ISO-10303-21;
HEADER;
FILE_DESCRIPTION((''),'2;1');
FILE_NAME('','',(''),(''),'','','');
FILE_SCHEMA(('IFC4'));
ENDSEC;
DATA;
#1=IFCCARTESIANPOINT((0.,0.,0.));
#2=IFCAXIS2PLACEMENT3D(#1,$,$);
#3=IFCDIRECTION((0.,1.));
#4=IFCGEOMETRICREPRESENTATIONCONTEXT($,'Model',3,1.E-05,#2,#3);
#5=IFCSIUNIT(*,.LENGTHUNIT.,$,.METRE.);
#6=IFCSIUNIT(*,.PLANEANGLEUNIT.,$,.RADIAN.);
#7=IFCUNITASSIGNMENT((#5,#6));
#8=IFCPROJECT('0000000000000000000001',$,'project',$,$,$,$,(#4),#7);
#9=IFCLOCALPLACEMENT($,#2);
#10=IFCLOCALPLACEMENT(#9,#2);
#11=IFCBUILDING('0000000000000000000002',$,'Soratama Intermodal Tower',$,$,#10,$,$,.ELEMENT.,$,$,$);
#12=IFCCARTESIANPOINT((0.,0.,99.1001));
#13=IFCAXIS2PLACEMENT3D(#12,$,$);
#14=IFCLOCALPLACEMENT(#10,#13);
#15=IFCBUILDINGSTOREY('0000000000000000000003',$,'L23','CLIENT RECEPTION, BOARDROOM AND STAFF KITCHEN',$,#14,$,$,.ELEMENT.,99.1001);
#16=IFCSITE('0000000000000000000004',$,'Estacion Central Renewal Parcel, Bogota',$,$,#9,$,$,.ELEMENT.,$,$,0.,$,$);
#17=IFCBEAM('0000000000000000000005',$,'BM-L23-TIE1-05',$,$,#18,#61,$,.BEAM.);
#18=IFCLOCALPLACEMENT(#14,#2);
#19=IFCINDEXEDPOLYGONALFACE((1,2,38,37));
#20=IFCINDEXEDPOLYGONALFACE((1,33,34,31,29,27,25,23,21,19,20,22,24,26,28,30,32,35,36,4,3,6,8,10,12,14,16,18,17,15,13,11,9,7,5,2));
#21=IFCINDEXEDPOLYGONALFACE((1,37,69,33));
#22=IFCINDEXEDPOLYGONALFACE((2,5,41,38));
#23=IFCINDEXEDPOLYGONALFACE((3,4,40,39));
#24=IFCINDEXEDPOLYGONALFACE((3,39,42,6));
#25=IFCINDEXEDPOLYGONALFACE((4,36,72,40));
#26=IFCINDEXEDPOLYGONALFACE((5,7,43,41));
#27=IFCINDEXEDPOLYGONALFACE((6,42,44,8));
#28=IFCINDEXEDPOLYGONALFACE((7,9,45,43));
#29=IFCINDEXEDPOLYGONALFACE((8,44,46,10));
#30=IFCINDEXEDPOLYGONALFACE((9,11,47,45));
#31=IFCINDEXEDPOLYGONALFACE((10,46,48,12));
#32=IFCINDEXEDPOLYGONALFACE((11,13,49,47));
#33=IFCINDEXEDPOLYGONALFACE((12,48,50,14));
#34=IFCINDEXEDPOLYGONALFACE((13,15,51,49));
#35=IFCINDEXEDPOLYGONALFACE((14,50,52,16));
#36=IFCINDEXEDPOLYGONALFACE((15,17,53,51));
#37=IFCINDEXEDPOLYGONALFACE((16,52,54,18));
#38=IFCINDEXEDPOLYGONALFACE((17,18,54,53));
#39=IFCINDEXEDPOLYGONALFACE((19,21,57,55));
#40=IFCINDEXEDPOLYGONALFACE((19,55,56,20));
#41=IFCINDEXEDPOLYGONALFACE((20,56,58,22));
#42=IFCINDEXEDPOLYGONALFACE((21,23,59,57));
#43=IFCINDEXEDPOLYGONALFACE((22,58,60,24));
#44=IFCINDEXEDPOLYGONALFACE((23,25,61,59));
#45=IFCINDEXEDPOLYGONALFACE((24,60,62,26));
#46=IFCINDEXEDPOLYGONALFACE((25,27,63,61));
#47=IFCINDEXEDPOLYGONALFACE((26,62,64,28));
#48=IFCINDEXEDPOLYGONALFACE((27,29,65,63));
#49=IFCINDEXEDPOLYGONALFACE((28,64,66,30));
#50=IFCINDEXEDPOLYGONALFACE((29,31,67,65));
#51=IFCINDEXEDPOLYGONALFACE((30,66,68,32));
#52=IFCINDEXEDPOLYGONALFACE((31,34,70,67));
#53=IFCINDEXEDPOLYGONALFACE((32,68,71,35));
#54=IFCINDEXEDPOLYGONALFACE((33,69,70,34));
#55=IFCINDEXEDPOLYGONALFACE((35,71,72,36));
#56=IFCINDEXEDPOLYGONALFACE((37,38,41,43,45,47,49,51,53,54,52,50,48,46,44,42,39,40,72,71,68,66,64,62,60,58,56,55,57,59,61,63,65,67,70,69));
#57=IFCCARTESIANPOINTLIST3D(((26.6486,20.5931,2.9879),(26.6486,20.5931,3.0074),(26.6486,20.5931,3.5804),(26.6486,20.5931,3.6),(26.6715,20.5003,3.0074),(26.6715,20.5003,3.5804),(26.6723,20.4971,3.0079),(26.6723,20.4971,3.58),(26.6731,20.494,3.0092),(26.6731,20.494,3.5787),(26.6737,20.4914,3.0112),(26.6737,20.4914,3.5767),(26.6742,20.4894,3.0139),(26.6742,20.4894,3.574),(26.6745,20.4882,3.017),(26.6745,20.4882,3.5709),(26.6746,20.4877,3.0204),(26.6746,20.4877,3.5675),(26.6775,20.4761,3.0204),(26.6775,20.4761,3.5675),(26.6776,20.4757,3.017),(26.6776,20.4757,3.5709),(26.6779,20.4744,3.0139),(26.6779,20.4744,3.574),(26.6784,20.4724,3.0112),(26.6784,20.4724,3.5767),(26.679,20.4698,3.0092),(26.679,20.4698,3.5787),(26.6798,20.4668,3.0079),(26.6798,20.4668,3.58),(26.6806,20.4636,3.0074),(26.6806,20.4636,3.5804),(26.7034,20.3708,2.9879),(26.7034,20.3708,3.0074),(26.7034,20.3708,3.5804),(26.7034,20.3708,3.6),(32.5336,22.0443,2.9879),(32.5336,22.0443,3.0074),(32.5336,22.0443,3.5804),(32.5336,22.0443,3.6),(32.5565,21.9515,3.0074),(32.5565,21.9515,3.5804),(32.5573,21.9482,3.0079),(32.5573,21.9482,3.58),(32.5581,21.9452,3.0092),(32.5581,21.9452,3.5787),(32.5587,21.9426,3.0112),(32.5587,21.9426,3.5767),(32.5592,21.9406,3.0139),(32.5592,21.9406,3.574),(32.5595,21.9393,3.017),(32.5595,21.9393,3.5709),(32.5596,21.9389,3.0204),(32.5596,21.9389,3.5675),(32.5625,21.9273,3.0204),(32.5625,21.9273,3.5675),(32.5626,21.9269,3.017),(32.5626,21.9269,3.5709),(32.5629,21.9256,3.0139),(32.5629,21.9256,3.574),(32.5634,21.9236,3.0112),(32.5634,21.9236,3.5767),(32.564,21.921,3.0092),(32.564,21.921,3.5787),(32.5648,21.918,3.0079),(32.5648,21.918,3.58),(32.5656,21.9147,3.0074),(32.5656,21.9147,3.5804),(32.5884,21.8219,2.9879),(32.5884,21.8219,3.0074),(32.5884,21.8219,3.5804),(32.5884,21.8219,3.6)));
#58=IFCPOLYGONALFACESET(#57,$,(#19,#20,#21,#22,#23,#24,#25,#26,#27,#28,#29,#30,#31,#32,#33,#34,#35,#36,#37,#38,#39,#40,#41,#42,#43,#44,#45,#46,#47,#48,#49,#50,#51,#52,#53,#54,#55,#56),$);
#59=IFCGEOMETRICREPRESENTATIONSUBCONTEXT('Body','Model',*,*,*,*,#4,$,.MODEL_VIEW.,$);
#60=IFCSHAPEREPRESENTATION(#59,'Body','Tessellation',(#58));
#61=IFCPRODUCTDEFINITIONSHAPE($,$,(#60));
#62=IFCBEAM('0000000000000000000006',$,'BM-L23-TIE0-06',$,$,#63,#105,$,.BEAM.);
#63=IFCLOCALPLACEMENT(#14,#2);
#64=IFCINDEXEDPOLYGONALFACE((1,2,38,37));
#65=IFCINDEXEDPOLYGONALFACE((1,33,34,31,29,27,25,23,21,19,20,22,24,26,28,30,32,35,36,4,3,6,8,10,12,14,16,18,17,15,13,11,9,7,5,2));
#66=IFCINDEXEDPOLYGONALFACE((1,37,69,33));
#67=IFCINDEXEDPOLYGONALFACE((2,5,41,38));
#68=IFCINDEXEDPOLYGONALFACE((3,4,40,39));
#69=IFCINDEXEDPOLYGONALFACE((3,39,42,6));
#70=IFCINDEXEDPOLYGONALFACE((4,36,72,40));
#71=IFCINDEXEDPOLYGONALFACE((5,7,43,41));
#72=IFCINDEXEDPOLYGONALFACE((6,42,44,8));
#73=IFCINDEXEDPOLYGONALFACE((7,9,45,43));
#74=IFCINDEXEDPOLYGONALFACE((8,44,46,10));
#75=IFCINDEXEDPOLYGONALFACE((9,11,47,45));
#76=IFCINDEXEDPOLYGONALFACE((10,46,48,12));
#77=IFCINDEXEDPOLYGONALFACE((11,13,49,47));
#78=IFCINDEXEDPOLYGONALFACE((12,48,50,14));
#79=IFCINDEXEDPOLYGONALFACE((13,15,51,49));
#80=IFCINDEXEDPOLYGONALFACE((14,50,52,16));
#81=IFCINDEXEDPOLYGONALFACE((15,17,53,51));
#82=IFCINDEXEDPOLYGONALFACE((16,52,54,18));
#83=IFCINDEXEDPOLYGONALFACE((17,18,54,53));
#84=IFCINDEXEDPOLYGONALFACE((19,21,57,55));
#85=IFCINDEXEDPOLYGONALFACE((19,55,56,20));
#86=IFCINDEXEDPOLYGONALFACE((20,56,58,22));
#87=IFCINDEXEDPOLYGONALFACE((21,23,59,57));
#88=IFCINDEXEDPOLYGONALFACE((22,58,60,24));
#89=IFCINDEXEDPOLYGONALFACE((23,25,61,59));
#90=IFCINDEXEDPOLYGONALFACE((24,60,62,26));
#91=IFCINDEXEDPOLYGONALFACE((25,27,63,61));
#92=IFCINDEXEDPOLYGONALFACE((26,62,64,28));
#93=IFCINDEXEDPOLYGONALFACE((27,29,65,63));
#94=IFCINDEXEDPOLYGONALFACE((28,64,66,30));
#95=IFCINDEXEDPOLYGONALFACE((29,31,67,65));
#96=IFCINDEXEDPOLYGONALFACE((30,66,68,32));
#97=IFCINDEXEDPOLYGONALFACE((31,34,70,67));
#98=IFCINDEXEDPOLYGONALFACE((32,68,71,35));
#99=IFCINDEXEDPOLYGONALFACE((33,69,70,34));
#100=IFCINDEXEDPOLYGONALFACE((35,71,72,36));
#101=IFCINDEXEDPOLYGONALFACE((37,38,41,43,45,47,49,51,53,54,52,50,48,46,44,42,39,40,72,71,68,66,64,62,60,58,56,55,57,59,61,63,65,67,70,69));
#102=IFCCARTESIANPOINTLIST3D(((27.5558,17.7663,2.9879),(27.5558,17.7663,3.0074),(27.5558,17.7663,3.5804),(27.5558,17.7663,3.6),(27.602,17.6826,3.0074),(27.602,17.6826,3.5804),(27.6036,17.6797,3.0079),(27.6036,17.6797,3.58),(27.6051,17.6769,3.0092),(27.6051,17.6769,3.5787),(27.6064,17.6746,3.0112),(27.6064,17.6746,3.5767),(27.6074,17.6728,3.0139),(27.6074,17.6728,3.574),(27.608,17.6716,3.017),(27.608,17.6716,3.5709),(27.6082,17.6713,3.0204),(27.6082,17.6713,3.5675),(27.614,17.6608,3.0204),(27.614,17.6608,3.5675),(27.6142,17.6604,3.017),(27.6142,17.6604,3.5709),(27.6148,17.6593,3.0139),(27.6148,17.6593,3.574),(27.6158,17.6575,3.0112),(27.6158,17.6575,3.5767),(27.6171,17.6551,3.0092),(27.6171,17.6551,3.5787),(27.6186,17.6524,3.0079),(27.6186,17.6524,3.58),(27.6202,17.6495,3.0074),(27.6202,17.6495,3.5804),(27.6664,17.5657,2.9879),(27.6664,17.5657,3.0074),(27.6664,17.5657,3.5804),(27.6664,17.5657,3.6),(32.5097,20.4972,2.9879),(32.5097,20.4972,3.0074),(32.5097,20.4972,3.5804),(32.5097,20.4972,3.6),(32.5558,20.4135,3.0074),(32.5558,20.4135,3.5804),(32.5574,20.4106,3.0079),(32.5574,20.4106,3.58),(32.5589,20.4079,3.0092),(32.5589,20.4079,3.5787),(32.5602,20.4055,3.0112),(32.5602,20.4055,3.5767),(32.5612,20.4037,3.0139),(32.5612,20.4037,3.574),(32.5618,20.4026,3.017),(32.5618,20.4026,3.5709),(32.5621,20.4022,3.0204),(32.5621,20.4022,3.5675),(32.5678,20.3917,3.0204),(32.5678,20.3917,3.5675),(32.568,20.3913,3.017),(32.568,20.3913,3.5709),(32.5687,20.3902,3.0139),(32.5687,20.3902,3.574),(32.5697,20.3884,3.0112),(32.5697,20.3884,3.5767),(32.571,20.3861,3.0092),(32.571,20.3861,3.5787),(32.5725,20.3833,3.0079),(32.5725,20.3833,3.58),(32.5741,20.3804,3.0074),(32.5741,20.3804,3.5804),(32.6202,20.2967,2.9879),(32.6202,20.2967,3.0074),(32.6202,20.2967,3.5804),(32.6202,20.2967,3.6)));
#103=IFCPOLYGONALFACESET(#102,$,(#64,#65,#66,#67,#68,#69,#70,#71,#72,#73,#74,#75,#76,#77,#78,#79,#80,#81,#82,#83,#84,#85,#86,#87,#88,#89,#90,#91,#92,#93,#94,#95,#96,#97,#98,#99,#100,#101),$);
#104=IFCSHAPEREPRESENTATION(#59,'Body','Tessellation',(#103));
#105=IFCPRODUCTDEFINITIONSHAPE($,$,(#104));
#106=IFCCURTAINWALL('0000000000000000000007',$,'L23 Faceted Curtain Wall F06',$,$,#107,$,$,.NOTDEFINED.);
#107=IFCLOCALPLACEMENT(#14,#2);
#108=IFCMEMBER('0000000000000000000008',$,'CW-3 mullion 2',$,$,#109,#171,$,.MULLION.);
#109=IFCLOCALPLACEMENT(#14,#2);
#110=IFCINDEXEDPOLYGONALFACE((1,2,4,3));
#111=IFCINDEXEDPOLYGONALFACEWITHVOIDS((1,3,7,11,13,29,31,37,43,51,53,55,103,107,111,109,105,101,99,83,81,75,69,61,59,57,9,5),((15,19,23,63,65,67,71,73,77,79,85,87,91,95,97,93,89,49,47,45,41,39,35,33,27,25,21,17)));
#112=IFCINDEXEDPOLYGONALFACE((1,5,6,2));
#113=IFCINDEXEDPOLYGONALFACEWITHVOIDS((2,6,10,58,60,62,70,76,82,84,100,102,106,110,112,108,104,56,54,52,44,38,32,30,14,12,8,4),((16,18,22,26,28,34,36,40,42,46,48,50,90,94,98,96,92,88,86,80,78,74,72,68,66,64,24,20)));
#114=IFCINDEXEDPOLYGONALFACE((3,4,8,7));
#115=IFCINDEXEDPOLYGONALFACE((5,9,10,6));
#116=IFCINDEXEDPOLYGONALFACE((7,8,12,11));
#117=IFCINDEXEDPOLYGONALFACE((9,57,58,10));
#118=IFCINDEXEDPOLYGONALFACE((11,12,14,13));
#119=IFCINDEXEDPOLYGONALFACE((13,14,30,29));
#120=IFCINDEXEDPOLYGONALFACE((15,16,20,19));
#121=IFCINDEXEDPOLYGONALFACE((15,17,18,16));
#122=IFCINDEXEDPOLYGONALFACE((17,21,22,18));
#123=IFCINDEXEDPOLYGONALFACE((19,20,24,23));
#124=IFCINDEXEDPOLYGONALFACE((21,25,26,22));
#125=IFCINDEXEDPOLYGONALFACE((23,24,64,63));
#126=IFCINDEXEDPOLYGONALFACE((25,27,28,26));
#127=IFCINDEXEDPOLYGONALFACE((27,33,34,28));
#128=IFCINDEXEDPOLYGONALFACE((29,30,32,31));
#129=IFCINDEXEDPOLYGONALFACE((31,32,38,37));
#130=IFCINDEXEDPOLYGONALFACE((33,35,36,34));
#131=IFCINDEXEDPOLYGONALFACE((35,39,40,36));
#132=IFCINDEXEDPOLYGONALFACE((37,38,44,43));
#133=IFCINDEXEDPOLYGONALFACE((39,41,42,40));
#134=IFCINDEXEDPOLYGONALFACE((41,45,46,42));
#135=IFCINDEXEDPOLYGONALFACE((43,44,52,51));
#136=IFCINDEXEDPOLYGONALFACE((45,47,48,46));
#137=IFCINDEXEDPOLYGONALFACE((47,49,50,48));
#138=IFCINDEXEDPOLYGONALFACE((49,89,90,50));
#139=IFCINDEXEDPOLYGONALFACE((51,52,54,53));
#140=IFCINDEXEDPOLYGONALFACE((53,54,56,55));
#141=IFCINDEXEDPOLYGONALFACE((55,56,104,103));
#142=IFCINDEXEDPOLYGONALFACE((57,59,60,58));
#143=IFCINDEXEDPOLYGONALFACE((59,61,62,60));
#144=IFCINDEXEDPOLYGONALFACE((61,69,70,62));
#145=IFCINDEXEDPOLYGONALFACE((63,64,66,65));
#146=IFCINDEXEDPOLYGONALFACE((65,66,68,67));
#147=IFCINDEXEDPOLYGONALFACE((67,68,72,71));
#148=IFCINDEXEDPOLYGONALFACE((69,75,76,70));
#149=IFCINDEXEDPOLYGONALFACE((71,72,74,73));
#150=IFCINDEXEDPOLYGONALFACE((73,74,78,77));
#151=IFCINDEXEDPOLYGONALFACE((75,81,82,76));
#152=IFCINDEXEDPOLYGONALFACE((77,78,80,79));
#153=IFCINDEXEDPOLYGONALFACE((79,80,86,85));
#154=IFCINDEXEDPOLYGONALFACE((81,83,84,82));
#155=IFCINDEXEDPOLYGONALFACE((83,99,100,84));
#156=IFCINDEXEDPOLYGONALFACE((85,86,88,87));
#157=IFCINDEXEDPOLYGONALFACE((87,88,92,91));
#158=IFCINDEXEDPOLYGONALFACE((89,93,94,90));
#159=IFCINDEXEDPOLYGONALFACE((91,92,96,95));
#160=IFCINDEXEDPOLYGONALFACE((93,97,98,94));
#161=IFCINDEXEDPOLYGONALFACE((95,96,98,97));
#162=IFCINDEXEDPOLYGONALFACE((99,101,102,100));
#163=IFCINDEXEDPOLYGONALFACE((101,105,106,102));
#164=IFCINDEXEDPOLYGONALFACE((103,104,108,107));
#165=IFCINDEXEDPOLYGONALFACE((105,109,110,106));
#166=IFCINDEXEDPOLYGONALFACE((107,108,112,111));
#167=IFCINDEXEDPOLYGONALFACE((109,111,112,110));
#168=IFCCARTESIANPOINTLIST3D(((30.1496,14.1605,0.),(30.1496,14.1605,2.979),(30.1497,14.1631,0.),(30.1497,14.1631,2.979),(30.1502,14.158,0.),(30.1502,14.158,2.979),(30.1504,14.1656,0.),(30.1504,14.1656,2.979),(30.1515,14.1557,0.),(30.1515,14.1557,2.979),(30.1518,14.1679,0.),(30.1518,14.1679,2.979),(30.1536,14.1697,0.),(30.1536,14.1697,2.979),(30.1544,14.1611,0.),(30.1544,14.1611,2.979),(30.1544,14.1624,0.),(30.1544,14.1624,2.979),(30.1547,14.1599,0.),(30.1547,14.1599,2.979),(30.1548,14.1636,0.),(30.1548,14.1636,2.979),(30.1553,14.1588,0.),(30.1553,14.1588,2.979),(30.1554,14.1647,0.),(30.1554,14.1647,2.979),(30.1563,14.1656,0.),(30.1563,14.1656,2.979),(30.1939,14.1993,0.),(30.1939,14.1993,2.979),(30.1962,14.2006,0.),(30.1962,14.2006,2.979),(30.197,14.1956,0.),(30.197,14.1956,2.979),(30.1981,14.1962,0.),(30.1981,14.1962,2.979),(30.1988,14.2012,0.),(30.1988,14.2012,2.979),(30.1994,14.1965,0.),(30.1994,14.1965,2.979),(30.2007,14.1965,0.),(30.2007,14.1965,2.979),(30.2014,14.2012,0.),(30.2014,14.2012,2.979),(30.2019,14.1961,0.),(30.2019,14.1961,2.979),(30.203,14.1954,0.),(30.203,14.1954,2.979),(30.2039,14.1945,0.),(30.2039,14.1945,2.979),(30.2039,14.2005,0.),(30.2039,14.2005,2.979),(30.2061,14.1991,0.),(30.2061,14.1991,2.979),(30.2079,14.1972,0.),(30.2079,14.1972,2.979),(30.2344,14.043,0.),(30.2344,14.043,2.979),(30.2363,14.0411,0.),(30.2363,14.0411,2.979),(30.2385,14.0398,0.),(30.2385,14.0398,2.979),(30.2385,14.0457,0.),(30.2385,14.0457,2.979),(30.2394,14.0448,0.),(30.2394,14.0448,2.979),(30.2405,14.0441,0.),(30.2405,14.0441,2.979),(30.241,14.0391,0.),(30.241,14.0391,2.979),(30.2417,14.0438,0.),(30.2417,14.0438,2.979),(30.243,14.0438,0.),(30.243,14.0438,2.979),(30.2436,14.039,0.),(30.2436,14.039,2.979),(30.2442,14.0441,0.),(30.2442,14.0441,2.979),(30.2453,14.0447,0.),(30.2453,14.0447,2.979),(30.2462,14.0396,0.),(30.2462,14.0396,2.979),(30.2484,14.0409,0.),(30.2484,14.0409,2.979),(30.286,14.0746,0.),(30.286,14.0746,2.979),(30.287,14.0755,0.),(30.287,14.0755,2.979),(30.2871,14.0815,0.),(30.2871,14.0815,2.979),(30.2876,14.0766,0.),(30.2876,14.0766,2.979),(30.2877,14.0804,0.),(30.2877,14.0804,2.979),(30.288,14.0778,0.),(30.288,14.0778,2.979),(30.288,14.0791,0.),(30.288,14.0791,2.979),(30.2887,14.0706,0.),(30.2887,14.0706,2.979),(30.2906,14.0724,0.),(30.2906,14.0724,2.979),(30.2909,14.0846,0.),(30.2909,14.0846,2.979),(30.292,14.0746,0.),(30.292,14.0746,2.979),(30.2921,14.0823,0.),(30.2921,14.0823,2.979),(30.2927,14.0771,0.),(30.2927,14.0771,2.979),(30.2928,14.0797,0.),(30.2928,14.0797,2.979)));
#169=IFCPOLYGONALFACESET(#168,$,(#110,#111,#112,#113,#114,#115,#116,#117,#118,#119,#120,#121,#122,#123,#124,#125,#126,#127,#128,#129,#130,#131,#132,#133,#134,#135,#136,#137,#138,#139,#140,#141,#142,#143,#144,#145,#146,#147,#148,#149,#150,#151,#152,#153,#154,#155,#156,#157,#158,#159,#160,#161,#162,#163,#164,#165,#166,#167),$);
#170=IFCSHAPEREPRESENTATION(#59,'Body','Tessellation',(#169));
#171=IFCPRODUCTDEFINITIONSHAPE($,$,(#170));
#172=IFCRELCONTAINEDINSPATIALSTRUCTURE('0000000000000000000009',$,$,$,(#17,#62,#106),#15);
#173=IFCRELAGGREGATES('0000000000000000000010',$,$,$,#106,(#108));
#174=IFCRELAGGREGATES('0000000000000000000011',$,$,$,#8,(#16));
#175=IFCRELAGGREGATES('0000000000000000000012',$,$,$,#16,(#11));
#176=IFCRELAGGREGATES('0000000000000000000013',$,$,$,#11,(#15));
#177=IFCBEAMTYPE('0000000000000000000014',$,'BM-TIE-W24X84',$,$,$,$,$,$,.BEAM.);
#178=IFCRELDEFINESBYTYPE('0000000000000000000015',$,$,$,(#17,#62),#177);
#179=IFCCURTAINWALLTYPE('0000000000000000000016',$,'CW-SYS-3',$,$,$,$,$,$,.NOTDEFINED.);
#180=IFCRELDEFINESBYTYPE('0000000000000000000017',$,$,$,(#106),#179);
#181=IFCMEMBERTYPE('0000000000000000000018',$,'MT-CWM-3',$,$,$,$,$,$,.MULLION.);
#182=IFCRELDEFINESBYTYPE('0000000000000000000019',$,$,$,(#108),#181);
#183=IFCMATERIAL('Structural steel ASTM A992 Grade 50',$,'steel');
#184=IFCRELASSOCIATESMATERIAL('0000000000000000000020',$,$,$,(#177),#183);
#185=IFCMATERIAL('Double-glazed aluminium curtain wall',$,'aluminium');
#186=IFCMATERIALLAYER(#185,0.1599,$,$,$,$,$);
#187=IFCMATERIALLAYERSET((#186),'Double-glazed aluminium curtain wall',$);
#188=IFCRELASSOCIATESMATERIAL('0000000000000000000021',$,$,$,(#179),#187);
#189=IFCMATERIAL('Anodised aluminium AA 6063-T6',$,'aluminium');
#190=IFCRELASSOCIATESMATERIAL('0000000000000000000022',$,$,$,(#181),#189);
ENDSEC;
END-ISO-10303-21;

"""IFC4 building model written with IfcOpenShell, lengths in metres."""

from ifc_helpers import new_model, si_unit, direction, frame, origin, origin_2d, place, context, subcontext, project, spatial, hollow_rectangle, i_section, extrude, material, layer, layer_set, material_profile, profile_set, type_object, element, aggregate, save


model = new_model("IFC4")

# Units and contexts
model_context = context("Model", 3, precision=1e-05, world=origin(), true_north=direction((0.0, 1.0)))
body_context = subcontext(model_context, "Body", "Model", "MODEL_VIEW")
ifc_project = project(units=[si_unit("LENGTHUNIT", "METRE"), si_unit("PLANEANGLEUNIT", "RADIAN")], contexts=[model_context])

# Site, building, storey
site_placement = place(None, origin())
site = spatial("IfcSite", under=ifc_project, at=site_placement, Name="Estacion Central Renewal Parcel, Bogota", CompositionType="ELEMENT", RefElevation=0.0)
building_placement = place(site_placement, origin())
building = spatial("IfcBuilding", under=site, at=building_placement, Name="Soratama Intermodal Tower", CompositionType="ELEMENT")
storey_placement = place(building_placement, frame((0.0, 0.0, 99.1001)))
storey = spatial("IfcBuildingStorey", under=building, at=storey_placement, Name="L23", Description="CLIENT RECEPTION, BOARDROOM AND STAFF KITCHEN", CompositionType="ELEMENT", Elevation=99.1001)

# Beams
ifc_material_1 = material(Name="Structural steel ASTM A992 Grade 50", Category="steel")
ifc_material_profile_1 = material_profile(ifc_material_1, i_section(OverallWidth=0.229, OverallDepth=0.6121, WebThickness=0.012, FlangeThickness=0.0195, FilletRadius=0.0129, at=origin_2d()), Name="W24X84")
ifc_profile_set_1 = profile_set([ifc_material_profile_1], Name="Structural steel ASTM A992 Grade 50")
beam_type_1 = type_object("IfcBeamType", Name="BM-TIE-W24X84", PredefinedType="BEAM", material=ifc_profile_set_1)
beam_1_placement = place(storey_placement, frame((32.561, 21.9331, 3.2939), z_axis=(-0.970917, -0.239416, 0.0), x_axis=(0.239416, -0.970917, 0.0)))
element("IfcBeam", 1, at=beam_1_placement, inside=storey, type_object=beam_type_1, Name="BM-L23-TIE1-05", PredefinedType="BEAM", context=body_context, shape_type="SweptSolid", body=[
    extrude(i_section(OverallWidth=0.229, OverallDepth=0.6121, WebThickness=0.012, FlangeThickness=0.0195, FilletRadius=0.0129, at=origin_2d()), origin(), (0.0, 0.0, 1.0), 6.0613),
])
beam_2_placement = place(storey_placement, frame((32.5649, 20.397, 3.2939), z_axis=(-0.875743, -0.482778, 0.0), x_axis=(0.482778, -0.875743, 0.0)))
element("IfcBeam", 2, at=beam_2_placement, inside=storey, type_object=beam_type_1, Name="BM-L23-TIE0-06", PredefinedType="BEAM", context=body_context, shape_type="SweptSolid", body=[
    extrude(i_section(OverallWidth=0.229, OverallDepth=0.6121, WebThickness=0.012, FlangeThickness=0.0195, FilletRadius=0.0129, at=origin_2d()), origin(), (0.0, 0.0, 1.0), 5.6567),
])

# Curtain wall, member
ifc_material_2 = material(Name="Double-glazed aluminium curtain wall", Category="aluminium")
ifc_layer_1 = layer(ifc_material_2, 0.1599)
ifc_layer_set_1 = layer_set([ifc_layer_1], Name="Double-glazed aluminium curtain wall")
curtain_wall_type = type_object("IfcCurtainWallType", Name="CW-SYS-3", PredefinedType="NOTDEFINED", material=ifc_layer_set_1)
curtain_wall_placement = place(storey_placement, origin())
curtain_wall = element("IfcCurtainWall", 3, at=curtain_wall_placement, inside=storey, type_object=curtain_wall_type, Name="L23 Faceted Curtain Wall F06", PredefinedType="NOTDEFINED")
ifc_material_3 = material(Name="Anodised aluminium AA 6063-T6", Category="aluminium")
ifc_material_profile_2 = material_profile(ifc_material_3, hollow_rectangle(XDim=0.0701, YDim=0.1599, WallThickness=0.0049, InnerFilletRadius=0.0049, OuterFilletRadius=0.01, at=origin_2d()), Name="CWM160X70X5")
ifc_profile_set_2 = profile_set([ifc_material_profile_2], Name="Anodised aluminium AA 6063-T6")
member_type_1 = type_object("IfcMemberType", Name="MT-CWM-3", PredefinedType="MULLION", material=ifc_profile_set_2)
member_1_placement = place(storey_placement, frame((30.2212, 14.1201, 0.0), z_axis=(0.0, 0.0, 1.0), x_axis=(0.80531, 0.592854, 0.0)))
member_1 = element("IfcMember", 4, at=member_1_placement, type_object=member_type_1, Name="CW-3 mullion 2", PredefinedType="MULLION", context=body_context, shape_type="SweptSolid", body=[
    extrude(hollow_rectangle(XDim=0.0701, YDim=0.1599, WallThickness=0.0049, InnerFilletRadius=0.0049, OuterFilletRadius=0.01, at=origin_2d()), origin(), (0.0, 0.0, 1.0), 2.979),
])
aggregate(curtain_wall, [member_1])

save(model, "model.ifc")
